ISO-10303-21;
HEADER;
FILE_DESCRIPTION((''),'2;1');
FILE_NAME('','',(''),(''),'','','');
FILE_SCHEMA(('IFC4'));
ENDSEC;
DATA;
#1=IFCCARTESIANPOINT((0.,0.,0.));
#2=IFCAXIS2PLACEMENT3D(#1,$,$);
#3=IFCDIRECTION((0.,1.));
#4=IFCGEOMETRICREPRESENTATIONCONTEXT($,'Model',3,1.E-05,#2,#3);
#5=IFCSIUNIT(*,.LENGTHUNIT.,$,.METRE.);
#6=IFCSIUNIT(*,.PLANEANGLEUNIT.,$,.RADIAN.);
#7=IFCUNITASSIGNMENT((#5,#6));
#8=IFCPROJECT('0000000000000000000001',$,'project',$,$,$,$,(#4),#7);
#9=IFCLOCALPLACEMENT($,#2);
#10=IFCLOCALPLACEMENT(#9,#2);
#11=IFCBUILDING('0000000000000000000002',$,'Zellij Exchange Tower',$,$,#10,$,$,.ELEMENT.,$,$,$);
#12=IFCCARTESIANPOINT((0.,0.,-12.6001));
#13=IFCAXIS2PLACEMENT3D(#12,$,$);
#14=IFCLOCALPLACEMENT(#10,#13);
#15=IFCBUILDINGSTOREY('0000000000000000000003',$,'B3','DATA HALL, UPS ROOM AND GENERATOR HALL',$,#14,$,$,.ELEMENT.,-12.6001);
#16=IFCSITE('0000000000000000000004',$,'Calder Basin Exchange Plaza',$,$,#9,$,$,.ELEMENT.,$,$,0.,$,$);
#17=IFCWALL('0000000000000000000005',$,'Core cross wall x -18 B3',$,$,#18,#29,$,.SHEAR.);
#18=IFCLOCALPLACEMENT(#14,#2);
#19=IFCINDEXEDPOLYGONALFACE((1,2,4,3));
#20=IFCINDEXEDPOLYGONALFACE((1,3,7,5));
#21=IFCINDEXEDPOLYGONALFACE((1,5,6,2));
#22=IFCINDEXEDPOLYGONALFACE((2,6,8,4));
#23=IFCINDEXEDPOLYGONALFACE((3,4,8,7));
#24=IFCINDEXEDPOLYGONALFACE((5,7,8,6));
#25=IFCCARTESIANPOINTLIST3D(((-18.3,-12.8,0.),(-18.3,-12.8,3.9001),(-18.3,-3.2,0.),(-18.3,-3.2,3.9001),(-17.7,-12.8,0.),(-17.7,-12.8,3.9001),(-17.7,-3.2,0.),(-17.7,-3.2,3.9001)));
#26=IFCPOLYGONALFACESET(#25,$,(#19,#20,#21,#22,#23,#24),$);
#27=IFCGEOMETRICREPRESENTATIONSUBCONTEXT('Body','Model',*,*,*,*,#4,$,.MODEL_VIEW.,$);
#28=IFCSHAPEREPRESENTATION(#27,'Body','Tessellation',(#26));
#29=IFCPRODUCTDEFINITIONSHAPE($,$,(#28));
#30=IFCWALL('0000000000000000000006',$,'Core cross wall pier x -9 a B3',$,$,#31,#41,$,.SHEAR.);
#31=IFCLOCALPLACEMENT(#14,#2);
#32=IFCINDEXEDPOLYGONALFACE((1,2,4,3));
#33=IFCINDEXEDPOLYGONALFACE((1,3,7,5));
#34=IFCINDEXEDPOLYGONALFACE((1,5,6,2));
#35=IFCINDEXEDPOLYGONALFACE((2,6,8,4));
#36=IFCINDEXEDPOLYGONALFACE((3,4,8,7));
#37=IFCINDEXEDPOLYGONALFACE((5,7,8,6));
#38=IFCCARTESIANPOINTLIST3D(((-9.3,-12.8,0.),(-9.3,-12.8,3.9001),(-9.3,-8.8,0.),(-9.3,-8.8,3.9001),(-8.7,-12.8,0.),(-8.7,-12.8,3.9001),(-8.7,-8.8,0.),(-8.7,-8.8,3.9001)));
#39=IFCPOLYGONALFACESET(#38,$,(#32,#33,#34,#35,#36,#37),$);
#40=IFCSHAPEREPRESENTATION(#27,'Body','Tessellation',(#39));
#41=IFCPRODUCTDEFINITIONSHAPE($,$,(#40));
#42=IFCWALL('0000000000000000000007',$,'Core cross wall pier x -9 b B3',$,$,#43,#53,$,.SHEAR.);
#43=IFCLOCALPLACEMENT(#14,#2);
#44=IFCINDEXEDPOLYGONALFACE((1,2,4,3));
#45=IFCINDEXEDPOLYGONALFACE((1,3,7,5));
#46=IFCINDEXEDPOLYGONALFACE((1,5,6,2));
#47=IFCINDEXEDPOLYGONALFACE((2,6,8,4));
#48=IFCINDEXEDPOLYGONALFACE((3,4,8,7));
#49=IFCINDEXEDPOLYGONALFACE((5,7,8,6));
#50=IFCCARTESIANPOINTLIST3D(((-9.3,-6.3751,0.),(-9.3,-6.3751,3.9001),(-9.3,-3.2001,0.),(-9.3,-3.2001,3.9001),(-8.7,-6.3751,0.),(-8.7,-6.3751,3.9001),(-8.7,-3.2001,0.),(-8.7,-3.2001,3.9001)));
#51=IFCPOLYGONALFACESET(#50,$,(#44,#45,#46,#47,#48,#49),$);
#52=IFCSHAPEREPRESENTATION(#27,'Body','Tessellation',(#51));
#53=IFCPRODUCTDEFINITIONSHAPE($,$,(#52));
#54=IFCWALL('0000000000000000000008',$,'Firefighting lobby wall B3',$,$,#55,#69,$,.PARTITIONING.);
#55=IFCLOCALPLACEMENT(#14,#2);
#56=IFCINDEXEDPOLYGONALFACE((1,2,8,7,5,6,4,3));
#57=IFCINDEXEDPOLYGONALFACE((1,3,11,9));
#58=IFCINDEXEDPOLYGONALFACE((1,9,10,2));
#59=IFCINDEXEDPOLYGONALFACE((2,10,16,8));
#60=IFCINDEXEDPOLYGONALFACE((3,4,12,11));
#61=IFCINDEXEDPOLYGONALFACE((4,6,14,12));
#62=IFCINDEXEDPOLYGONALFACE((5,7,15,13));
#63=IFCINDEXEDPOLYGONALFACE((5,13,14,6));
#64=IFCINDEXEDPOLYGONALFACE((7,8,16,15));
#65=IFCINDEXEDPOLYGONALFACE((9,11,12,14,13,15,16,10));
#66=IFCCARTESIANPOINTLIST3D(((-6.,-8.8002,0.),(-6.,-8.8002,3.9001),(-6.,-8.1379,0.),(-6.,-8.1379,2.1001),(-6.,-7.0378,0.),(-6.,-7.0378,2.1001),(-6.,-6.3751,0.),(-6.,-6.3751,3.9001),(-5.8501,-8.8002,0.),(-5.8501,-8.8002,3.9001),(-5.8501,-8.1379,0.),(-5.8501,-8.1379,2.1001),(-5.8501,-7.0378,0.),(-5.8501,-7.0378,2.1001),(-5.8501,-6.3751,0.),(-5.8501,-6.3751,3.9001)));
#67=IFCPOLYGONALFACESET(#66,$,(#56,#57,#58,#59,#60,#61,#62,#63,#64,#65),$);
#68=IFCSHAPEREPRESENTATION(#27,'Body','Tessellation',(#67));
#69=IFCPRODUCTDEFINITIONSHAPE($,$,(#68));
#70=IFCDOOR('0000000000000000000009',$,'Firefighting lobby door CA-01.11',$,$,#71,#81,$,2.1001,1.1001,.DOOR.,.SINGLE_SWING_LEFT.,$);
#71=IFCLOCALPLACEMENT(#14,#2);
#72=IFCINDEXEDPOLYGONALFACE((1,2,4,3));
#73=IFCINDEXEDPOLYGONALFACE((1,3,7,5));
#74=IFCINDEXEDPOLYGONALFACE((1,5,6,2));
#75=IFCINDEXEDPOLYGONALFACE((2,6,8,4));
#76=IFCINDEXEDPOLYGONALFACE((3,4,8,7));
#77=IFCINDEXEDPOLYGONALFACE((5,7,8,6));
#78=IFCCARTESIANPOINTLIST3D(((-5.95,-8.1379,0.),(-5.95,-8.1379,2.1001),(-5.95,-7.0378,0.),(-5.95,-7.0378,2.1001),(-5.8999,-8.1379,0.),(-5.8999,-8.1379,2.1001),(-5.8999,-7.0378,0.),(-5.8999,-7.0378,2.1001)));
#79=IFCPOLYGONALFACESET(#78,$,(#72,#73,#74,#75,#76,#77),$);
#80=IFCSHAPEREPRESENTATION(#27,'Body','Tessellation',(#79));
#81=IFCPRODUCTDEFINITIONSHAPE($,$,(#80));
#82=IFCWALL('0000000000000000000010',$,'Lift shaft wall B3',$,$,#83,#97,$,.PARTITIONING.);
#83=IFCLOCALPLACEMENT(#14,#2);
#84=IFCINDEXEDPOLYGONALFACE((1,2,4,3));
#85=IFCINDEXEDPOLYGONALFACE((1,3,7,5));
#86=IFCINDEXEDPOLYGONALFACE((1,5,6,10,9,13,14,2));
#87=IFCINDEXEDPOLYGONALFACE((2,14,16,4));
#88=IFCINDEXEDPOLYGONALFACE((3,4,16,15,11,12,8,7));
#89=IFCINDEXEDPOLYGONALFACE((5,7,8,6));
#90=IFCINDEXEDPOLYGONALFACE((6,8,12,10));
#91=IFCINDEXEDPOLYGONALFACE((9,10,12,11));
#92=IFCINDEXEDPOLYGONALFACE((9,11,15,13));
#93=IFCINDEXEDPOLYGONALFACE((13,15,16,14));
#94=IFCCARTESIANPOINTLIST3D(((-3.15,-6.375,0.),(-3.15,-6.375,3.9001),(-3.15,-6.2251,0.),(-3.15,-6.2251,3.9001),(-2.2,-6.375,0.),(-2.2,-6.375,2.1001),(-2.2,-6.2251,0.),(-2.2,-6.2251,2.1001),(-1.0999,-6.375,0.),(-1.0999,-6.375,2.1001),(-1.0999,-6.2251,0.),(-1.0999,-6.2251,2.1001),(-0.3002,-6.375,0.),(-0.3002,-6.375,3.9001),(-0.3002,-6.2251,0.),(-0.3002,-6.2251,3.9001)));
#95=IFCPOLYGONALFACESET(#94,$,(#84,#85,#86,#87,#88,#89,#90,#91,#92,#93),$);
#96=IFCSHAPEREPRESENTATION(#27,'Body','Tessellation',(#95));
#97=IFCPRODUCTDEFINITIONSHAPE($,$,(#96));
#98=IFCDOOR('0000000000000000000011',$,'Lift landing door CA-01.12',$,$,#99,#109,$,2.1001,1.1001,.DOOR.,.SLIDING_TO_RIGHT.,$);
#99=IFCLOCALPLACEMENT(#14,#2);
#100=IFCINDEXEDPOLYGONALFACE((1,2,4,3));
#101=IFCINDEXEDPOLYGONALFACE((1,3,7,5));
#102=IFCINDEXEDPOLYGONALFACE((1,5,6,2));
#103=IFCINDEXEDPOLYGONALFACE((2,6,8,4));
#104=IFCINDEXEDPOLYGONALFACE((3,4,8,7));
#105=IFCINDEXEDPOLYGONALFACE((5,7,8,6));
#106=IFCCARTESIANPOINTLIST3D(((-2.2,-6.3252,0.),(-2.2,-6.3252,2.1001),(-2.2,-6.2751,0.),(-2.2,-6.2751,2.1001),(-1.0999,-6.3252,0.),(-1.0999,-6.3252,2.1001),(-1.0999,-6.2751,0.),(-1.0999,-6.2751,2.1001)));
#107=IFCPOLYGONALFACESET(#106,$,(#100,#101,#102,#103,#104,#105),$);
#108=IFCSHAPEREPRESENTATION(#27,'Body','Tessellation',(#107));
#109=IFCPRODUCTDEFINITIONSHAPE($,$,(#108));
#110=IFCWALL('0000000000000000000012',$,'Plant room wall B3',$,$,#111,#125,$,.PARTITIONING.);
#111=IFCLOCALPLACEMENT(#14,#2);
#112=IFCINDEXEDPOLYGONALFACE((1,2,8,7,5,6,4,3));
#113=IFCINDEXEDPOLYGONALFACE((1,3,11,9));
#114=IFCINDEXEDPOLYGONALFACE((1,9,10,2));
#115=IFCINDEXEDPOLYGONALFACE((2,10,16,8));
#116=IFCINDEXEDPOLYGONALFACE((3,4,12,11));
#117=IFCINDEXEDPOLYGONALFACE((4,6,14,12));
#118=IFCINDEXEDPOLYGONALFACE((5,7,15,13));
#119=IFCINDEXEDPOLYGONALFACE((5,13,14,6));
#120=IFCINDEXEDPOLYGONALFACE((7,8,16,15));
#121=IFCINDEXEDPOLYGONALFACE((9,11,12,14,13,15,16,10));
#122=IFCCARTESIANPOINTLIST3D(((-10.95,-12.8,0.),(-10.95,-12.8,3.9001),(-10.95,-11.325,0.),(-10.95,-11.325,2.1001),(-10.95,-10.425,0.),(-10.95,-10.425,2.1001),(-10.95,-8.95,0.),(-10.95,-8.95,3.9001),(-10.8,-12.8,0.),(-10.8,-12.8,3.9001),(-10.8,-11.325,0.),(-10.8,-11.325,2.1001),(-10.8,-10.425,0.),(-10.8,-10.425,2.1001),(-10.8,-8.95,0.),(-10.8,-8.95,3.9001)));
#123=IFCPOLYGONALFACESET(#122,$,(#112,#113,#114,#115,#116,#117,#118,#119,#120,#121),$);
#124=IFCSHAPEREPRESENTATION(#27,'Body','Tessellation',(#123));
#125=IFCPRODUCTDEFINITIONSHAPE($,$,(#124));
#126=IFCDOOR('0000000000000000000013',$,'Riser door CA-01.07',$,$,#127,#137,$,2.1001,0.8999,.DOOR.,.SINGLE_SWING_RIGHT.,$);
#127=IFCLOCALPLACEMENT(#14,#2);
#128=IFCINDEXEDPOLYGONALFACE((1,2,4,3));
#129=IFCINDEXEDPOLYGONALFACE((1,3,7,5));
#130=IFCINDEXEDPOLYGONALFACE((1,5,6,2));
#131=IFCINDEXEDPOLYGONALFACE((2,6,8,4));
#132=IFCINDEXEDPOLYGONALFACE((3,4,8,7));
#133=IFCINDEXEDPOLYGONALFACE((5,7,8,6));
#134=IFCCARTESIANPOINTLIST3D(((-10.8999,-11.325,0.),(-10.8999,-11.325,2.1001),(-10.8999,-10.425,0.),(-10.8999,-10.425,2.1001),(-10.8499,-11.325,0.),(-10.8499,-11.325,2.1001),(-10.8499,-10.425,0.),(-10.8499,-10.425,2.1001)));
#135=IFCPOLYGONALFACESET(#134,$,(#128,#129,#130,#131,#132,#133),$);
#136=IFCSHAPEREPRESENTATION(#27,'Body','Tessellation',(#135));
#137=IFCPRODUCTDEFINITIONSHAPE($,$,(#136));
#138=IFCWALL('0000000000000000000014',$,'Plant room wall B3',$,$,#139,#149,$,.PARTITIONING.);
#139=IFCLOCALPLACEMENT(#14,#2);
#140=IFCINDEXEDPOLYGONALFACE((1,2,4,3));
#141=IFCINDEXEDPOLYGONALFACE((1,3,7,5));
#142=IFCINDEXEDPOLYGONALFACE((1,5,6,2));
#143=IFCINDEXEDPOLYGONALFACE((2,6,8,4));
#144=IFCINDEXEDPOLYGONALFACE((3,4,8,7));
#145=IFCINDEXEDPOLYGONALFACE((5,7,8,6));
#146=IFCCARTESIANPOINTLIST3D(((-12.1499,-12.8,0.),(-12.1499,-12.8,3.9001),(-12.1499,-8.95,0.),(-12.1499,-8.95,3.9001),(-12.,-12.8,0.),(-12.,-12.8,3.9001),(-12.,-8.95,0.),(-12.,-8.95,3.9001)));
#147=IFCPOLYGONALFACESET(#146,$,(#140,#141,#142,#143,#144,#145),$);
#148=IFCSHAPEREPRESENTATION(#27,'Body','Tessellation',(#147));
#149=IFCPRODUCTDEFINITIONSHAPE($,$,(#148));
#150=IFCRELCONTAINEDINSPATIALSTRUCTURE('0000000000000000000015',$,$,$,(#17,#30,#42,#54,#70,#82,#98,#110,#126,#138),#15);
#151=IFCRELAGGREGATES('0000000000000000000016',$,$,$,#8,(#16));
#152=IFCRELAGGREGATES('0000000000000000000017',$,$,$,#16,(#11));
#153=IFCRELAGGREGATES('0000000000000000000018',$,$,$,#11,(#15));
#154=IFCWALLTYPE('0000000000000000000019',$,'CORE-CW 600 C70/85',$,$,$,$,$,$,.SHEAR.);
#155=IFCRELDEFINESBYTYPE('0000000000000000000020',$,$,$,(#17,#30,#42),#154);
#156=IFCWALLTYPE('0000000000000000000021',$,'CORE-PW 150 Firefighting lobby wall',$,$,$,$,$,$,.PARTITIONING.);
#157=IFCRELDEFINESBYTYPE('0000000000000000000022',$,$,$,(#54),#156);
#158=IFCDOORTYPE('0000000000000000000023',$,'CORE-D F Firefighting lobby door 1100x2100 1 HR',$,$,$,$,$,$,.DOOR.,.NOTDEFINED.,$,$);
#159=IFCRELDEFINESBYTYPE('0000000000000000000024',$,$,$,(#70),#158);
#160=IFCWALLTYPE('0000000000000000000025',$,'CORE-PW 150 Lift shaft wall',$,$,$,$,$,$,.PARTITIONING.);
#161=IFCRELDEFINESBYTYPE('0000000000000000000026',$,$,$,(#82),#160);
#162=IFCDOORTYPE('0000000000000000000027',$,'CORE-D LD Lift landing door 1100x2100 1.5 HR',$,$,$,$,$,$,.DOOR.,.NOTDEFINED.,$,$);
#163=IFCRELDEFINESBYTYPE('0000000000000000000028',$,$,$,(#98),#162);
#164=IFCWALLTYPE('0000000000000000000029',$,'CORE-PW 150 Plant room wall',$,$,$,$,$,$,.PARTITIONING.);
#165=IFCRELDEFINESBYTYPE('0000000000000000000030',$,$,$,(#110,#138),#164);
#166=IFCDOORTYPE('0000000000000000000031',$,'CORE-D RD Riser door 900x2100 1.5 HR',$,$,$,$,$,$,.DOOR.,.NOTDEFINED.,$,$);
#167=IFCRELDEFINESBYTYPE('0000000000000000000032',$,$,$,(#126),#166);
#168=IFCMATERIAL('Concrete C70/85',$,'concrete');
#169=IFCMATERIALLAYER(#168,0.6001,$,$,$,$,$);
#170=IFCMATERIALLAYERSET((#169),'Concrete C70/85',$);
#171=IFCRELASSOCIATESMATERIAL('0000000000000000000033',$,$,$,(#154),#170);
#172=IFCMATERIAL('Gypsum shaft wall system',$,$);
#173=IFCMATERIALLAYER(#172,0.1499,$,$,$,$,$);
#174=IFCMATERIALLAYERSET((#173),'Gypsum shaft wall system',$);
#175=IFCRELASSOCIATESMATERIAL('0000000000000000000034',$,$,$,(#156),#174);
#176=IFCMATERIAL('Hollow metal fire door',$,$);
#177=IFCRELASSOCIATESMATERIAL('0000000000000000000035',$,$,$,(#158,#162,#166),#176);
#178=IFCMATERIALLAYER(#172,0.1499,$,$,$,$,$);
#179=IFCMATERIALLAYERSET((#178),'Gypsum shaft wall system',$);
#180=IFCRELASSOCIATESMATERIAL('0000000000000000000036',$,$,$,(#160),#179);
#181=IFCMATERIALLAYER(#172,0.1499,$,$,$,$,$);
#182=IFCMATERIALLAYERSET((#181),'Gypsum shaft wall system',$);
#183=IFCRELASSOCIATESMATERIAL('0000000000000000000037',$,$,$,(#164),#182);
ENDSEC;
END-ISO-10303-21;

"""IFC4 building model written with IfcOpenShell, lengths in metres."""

from ifc_helpers import new_model, si_unit, direction, frame, frame_2d, origin, place, context, subcontext, project, spatial, rectangle, extrude, material, layer, layer_set, type_object, element, fill, save


model = new_model("IFC4")

# Units and contexts
model_context = context("Model", 3, precision=1e-05, world=origin(), true_north=direction((0.0, 1.0)))
body_context = subcontext(model_context, "Body", "Model", "MODEL_VIEW")
ifc_project = project(units=[si_unit("LENGTHUNIT", "METRE"), si_unit("PLANEANGLEUNIT", "RADIAN")], contexts=[model_context])

# Site, building, storey
site_placement = place(None, origin())
site = spatial("IfcSite", under=ifc_project, at=site_placement, Name="Calder Basin Exchange Plaza", CompositionType="ELEMENT", RefElevation=0.0)
building_placement = place(site_placement, origin())
building = spatial("IfcBuilding", under=site, at=building_placement, Name="Zellij Exchange Tower", CompositionType="ELEMENT")
storey_placement = place(building_placement, frame((0.0, 0.0, -12.6001)))
storey = spatial("IfcBuildingStorey", under=building, at=storey_placement, Name="B3", Description="DATA HALL, UPS ROOM AND GENERATOR HALL", CompositionType="ELEMENT", Elevation=-12.6001)

# Shared definitions
ifc_material_1 = material(Name="Concrete C70/85", Category="concrete")

# Walls
ifc_layer_1 = layer(ifc_material_1, 0.6001)
ifc_layer_set_1 = layer_set([ifc_layer_1], Name="Concrete C70/85")
wall_type_1 = type_object("IfcWallType", Name="CORE-CW 600 C70/85", PredefinedType="SHEAR", material=ifc_layer_set_1)
wall_1_placement = place(storey_placement, frame((-18.0, -12.8, 0.0), z_axis=(0.0, 0.0, 1.0), x_axis=(0.0, 1.0, 0.0)))
element("IfcWall", 1, at=wall_1_placement, inside=storey, type_object=wall_type_1, Name="Core cross wall x -18 B3", PredefinedType="SHEAR", context=body_context, shape_type="SweptSolid", body=[
    extrude(rectangle(XDim=9.6001, YDim=0.6001, at=frame_2d((4.8, 0.0))), origin(), (0.0, 0.0, 1.0), 3.9001),
])
wall_2_placement = place(storey_placement, frame((-9.0, -12.8, 0.0), z_axis=(0.0, 0.0, 1.0), x_axis=(0.0, 1.0, 0.0)))
element("IfcWall", 2, at=wall_2_placement, inside=storey, type_object=wall_type_1, Name="Core cross wall pier x -9 a B3", PredefinedType="SHEAR", context=body_context, shape_type="SweptSolid", body=[
    extrude(rectangle(XDim=4.0, YDim=0.6001, at=frame_2d((2.0, 0.0))), origin(), (0.0, 0.0, 1.0), 3.9001),
])
wall_3_placement = place(storey_placement, frame((-9.0, -6.375, 0.0), z_axis=(0.0, 0.0, 1.0), x_axis=(0.0, 1.0, 0.0)))
element("IfcWall", 3, at=wall_3_placement, inside=storey, type_object=wall_type_1, Name="Core cross wall pier x -9 b B3", PredefinedType="SHEAR", context=body_context, shape_type="SweptSolid", body=[
    extrude(rectangle(XDim=3.175, YDim=0.6001, at=frame_2d((1.5874, 0.0))), origin(), (0.0, 0.0, 1.0), 3.9001),
])

# Walls, openings, doors
ifc_material_2 = material(Name="Gypsum shaft wall system")
ifc_layer_2 = layer(ifc_material_2, 0.1499)
ifc_layer_set_2 = layer_set([ifc_layer_2], Name="Gypsum shaft wall system")
wall_type_2 = type_object("IfcWallType", Name="CORE-PW 150 Firefighting lobby wall", PredefinedType="PARTITIONING", material=ifc_layer_set_2)
wall_4_placement = place(storey_placement, frame((-5.925, -8.8, 0.0), z_axis=(0.0, 0.0, 1.0), x_axis=(0.0, 1.0, 0.0)))
wall_4 = element("IfcWall", 4, at=wall_4_placement, inside=storey, type_object=wall_type_2, Name="Firefighting lobby wall B3", PredefinedType="PARTITIONING", context=body_context, shape_type="SweptSolid", body=[
    extrude(rectangle(XDim=2.425, YDim=0.1499, at=frame_2d((1.2124, 0.0))), origin(), (0.0, 0.0, 1.0), 3.9001),
])
opening_1_placement = place(wall_4_placement, frame((0.6621, 0.0, 0.0)))
opening_1 = element("IfcOpeningElement", 5, at=opening_1_placement, cuts=wall_4, PredefinedType="OPENING", context=body_context, shape_type="SweptSolid", body=[
    extrude(rectangle(XDim=1.1001, YDim=2.1001, at=frame_2d((0.55, 1.05))), frame((0.0, 0.0869, 0.0), z_axis=(0.0, -1.0, 0.0), x_axis=(1.0, 0.0, 0.0)), (0.0, 0.0, 1.0), 0.1738),
])
ifc_material_3 = material(Name="Hollow metal fire door")
door_type_1 = type_object("IfcDoorType", Name="CORE-D F Firefighting lobby door 1100x2100 1 HR", OperationType="NOTDEFINED", PredefinedType="DOOR", material=ifc_material_3)
door_1_placement = place(opening_1_placement, origin())
door_1 = element("IfcDoor", 6, at=door_1_placement, inside=storey, type_object=door_type_1, Name="Firefighting lobby door CA-01.11", OperationType="SINGLE_SWING_LEFT", OverallHeight=2.1001, OverallWidth=1.1001, PredefinedType="DOOR", context=body_context, shape_type="SweptSolid", body=[
    extrude(rectangle(XDim=1.1001, YDim=2.1001, at=frame_2d((0.55, 1.05))), frame((0.0, 0.0249, 0.0), z_axis=(0.0, -1.0, 0.0), x_axis=(1.0, 0.0, 0.0)), (0.0, 0.0, 1.0), 0.05),
])
fill(opening_1, door_1)
ifc_layer_3 = layer(ifc_material_2, 0.1499)
ifc_layer_set_3 = layer_set([ifc_layer_3], Name="Gypsum shaft wall system")
wall_type_3 = type_object("IfcWallType", Name="CORE-PW 150 Lift shaft wall", PredefinedType="PARTITIONING", material=ifc_layer_set_3)
wall_5_placement = place(storey_placement, frame((-3.1499, -6.3, 0.0), z_axis=(0.0, 0.0, 1.0), x_axis=(1.0, 0.0, 0.0)))
wall_5 = element("IfcWall", 7, at=wall_5_placement, inside=storey, type_object=wall_type_3, Name="Lift shaft wall B3", PredefinedType="PARTITIONING", context=body_context, shape_type="SweptSolid", body=[
    extrude(rectangle(XDim=2.8499, YDim=0.1499, at=frame_2d((1.4248, 0.0))), origin(), (0.0, 0.0, 1.0), 3.9001),
])
opening_2_placement = place(wall_5_placement, frame((0.95, 0.0, 0.0)))
opening_2 = element("IfcOpeningElement", 8, at=opening_2_placement, cuts=wall_5, PredefinedType="OPENING", context=body_context, shape_type="SweptSolid", body=[
    extrude(rectangle(XDim=1.1001, YDim=2.1001, at=frame_2d((0.55, 1.05))), frame((0.0, 0.0869, 0.0), z_axis=(0.0, -1.0, 0.0), x_axis=(1.0, 0.0, 0.0)), (0.0, 0.0, 1.0), 0.1738),
])
door_type_2 = type_object("IfcDoorType", Name="CORE-D LD Lift landing door 1100x2100 1.5 HR", OperationType="NOTDEFINED", PredefinedType="DOOR", material=ifc_material_3)
door_2_placement = place(opening_2_placement, origin())
door_2 = element("IfcDoor", 9, at=door_2_placement, inside=storey, type_object=door_type_2, Name="Lift landing door CA-01.12", OperationType="SLIDING_TO_RIGHT", OverallHeight=2.1001, OverallWidth=1.1001, PredefinedType="DOOR", context=body_context, shape_type="SweptSolid", body=[
    extrude(rectangle(XDim=1.1001, YDim=2.1001, at=frame_2d((0.55, 1.05))), frame((0.0, 0.0249, 0.0), z_axis=(0.0, -1.0, 0.0), x_axis=(1.0, 0.0, 0.0)), (0.0, 0.0, 1.0), 0.05),
])
fill(opening_2, door_2)
ifc_layer_4 = layer(ifc_material_2, 0.1499)
ifc_layer_set_4 = layer_set([ifc_layer_4], Name="Gypsum shaft wall system")
wall_type_4 = type_object("IfcWallType", Name="CORE-PW 150 Plant room wall", PredefinedType="PARTITIONING", material=ifc_layer_set_4)
wall_6_placement = place(storey_placement, frame((-10.875, -12.8, 0.0), z_axis=(0.0, 0.0, 1.0), x_axis=(0.0, 1.0, 0.0)))
wall_6 = element("IfcWall", 10, at=wall_6_placement, inside=storey, type_object=wall_type_4, Name="Plant room wall B3", PredefinedType="PARTITIONING", context=body_context, shape_type="SweptSolid", body=[
    extrude(rectangle(XDim=3.8501, YDim=0.1499, at=frame_2d((1.925, 0.0))), origin(), (0.0, 0.0, 1.0), 3.9001),
])
opening_3_placement = place(wall_6_placement, frame((1.4751, 0.0, 0.0)))
opening_3 = element("IfcOpeningElement", 11, at=opening_3_placement, cuts=wall_6, PredefinedType="OPENING", context=body_context, shape_type="SweptSolid", body=[
    extrude(rectangle(XDim=0.8999, YDim=2.1001, at=frame_2d((0.45, 1.05))), frame((0.0, 0.0869, 0.0), z_axis=(0.0, -1.0, 0.0), x_axis=(1.0, 0.0, 0.0)), (0.0, 0.0, 1.0), 0.1738),
])
door_type_3 = type_object("IfcDoorType", Name="CORE-D RD Riser door 900x2100 1.5 HR", OperationType="NOTDEFINED", PredefinedType="DOOR", material=ifc_material_3)
door_3_placement = place(opening_3_placement, origin())
door_3 = element("IfcDoor", 12, at=door_3_placement, inside=storey, type_object=door_type_3, Name="Riser door CA-01.07", OperationType="SINGLE_SWING_RIGHT", OverallHeight=2.1001, OverallWidth=0.8999, PredefinedType="DOOR", context=body_context, shape_type="SweptSolid", body=[
    extrude(rectangle(XDim=0.8999, YDim=2.1001, at=frame_2d((0.45, 1.05))), frame((0.0, 0.0249, 0.0), z_axis=(0.0, -1.0, 0.0), x_axis=(1.0, 0.0, 0.0)), (0.0, 0.0, 1.0), 0.05),
])
fill(opening_3, door_3)

# Wall
wall_7_placement = place(storey_placement, frame((-12.075, -12.8, 0.0), z_axis=(0.0, 0.0, 1.0), x_axis=(0.0, 1.0, 0.0)))
element("IfcWall", 13, at=wall_7_placement, inside=storey, type_object=wall_type_4, Name="Plant room wall B3", PredefinedType="PARTITIONING", context=body_context, shape_type="SweptSolid", body=[
    extrude(rectangle(XDim=3.8501, YDim=0.1499, at=frame_2d((1.925, 0.0))), origin(), (0.0, 0.0, 1.0), 3.9001),
])

save(model, "model.ifc")
